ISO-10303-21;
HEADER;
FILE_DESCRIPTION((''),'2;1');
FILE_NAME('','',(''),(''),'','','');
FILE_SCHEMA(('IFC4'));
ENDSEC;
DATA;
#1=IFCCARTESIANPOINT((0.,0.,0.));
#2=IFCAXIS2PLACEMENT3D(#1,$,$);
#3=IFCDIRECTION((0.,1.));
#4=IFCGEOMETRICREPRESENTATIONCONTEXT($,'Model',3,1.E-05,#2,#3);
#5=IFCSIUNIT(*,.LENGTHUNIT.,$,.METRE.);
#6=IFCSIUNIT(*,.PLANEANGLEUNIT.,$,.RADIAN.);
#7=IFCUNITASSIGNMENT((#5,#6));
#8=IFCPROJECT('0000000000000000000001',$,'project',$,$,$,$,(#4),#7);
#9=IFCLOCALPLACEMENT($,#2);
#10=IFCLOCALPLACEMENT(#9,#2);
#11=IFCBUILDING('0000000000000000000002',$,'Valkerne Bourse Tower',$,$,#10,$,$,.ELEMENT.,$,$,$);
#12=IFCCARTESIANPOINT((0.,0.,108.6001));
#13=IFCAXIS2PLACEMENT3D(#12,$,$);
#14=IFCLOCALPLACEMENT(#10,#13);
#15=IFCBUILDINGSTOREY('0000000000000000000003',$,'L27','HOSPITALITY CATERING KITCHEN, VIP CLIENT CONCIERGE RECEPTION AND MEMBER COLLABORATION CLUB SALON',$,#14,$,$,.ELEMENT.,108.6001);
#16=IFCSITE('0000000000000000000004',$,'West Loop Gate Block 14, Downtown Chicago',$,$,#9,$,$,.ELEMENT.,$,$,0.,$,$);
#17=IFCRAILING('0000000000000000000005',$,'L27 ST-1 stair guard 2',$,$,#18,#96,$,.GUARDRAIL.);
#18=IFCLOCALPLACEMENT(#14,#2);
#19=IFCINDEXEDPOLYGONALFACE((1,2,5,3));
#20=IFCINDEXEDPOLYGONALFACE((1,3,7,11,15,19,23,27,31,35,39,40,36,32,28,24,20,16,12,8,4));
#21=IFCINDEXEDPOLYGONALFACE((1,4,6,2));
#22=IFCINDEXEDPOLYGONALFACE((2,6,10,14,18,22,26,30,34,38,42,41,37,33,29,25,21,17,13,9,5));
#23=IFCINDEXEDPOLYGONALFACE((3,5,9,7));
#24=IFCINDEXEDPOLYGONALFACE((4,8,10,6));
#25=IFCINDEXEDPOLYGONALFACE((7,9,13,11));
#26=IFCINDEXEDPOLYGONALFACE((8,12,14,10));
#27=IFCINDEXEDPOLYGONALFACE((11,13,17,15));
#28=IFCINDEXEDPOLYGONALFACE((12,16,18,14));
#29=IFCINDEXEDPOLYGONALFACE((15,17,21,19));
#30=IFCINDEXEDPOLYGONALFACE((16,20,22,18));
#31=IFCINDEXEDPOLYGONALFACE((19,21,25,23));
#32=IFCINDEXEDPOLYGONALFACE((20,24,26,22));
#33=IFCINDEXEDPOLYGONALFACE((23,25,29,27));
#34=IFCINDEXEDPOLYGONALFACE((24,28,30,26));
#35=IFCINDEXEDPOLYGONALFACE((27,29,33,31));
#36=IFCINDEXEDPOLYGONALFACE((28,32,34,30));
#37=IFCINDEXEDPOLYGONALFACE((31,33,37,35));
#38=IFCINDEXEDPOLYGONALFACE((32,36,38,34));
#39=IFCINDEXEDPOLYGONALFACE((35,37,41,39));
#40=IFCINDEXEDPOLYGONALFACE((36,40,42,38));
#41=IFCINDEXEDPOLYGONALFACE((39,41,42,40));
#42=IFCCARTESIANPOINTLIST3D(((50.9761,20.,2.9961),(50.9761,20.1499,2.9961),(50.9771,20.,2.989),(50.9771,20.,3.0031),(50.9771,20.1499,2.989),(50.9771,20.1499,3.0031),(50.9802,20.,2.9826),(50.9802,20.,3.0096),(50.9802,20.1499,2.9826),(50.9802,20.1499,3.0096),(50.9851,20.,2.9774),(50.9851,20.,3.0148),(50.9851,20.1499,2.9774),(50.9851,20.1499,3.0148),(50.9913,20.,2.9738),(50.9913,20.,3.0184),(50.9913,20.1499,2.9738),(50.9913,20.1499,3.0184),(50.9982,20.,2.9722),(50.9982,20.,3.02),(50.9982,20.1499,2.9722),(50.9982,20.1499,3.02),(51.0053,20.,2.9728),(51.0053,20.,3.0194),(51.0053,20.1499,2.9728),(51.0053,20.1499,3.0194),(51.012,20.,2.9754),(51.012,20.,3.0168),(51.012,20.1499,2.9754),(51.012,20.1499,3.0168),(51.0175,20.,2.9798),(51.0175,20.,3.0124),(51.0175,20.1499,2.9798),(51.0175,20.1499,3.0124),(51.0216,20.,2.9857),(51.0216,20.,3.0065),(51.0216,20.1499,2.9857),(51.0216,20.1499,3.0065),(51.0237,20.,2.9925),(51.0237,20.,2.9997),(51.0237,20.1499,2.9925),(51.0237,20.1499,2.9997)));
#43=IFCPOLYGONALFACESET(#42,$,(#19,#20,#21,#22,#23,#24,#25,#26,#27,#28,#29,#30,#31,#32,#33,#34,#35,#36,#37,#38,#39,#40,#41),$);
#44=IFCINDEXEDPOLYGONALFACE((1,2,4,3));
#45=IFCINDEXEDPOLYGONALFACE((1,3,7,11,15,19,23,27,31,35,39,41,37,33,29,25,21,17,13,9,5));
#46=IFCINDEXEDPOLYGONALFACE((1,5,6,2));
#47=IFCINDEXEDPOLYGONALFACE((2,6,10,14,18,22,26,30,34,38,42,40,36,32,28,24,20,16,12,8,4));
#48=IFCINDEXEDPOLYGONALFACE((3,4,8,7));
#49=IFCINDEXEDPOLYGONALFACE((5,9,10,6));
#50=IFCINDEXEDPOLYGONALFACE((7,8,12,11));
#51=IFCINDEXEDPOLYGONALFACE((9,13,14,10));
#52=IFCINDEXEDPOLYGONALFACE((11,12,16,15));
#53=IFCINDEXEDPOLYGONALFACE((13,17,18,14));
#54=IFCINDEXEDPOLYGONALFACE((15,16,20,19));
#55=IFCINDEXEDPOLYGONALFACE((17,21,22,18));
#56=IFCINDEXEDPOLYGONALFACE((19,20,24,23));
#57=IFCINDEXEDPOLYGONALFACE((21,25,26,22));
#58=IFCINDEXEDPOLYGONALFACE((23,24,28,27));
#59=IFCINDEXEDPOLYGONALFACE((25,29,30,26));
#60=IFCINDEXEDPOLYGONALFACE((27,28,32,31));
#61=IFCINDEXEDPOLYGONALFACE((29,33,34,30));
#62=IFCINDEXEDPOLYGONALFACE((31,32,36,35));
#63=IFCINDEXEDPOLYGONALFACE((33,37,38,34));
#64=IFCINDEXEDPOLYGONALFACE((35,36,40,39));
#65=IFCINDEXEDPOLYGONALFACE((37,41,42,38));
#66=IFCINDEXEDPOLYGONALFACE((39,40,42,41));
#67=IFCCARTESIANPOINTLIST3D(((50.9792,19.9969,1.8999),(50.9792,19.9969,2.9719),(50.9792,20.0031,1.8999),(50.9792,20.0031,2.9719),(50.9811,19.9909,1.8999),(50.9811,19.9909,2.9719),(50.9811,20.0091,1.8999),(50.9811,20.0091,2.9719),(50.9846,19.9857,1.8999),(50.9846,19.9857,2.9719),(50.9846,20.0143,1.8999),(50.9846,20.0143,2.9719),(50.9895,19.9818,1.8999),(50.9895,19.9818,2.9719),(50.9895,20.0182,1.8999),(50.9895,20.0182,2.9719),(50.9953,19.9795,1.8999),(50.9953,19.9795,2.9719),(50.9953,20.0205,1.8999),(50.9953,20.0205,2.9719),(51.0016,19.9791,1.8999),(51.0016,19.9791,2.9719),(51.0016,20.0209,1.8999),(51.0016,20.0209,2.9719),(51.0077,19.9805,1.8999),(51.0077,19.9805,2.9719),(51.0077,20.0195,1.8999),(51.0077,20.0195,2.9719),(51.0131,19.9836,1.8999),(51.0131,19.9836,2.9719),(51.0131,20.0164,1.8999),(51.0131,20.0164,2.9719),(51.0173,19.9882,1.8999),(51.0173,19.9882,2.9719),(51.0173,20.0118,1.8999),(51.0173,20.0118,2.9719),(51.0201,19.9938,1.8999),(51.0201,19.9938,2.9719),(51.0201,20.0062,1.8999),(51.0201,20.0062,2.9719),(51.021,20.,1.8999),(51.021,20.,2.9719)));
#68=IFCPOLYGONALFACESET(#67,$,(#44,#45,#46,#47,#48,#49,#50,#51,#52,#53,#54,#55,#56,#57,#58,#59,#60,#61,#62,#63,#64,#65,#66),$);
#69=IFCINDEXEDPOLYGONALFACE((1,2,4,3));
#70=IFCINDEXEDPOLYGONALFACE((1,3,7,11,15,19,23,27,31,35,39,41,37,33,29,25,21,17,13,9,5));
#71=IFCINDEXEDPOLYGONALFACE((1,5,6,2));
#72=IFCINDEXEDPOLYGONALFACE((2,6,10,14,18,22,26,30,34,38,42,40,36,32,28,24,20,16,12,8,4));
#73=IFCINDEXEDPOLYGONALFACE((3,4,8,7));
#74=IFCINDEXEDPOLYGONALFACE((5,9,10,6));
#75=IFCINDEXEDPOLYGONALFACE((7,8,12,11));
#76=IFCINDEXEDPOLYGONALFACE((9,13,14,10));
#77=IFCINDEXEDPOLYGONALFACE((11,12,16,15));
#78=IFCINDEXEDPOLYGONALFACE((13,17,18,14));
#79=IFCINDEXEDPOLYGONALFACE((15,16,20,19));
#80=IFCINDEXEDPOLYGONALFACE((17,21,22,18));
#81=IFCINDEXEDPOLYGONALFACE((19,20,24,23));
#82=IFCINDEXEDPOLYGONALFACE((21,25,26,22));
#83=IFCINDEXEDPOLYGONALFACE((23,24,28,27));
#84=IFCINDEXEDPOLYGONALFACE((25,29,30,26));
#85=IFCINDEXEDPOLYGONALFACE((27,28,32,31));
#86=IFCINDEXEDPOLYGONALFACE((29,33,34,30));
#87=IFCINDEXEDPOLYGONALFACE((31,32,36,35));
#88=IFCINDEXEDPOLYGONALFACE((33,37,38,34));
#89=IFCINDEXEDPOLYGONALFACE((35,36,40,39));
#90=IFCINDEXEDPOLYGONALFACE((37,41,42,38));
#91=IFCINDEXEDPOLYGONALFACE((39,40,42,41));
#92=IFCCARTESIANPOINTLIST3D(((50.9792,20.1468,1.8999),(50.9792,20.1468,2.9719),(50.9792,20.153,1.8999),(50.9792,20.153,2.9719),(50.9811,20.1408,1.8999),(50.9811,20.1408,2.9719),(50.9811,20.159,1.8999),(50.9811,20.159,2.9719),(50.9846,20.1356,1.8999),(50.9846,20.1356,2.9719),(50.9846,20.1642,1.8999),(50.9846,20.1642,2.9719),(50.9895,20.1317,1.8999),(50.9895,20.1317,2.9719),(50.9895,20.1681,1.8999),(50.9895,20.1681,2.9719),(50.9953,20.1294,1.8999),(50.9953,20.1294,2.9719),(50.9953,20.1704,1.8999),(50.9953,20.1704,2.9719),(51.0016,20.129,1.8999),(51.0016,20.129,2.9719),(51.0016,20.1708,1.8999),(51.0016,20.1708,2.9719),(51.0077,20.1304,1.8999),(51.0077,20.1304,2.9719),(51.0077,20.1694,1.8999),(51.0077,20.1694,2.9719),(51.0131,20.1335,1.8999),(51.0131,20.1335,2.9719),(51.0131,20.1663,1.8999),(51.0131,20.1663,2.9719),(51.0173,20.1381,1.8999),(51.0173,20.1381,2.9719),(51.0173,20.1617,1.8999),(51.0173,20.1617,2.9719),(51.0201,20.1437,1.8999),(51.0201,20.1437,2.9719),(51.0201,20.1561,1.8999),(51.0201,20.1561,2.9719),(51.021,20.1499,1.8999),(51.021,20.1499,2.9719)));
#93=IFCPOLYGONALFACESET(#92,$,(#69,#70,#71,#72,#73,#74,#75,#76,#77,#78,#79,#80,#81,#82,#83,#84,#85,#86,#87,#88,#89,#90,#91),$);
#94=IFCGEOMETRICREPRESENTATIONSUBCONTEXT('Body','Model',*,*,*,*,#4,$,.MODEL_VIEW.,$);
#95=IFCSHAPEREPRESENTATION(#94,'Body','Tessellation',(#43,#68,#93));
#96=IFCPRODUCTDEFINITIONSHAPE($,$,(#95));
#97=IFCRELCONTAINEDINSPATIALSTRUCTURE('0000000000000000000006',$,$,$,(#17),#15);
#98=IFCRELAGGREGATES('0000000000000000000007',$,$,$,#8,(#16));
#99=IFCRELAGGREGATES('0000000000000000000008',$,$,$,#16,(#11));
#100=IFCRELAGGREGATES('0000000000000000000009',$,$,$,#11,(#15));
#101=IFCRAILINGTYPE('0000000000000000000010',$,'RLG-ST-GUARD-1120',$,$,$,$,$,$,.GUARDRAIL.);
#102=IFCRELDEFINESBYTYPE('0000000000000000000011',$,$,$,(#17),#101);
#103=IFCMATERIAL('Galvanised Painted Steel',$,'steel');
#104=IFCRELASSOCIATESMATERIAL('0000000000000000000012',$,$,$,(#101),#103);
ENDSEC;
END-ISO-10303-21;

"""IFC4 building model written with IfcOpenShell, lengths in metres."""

from ifc_helpers import new_model, si_unit, direction, frame, origin, origin_2d, place, context, subcontext, project, spatial, circle, extrude, material, type_object, element, save


model = new_model("IFC4")

# Units and contexts
model_context = context("Model", 3, precision=1e-05, world=origin(), true_north=direction((0.0, 1.0)))
body_context = subcontext(model_context, "Body", "Model", "MODEL_VIEW")
ifc_project = project(units=[si_unit("LENGTHUNIT", "METRE"), si_unit("PLANEANGLEUNIT", "RADIAN")], contexts=[model_context])

# Site, building, storey
site_placement = place(None, origin())
site = spatial("IfcSite", under=ifc_project, at=site_placement, Name="West Loop Gate Block 14, Downtown Chicago", CompositionType="ELEMENT", RefElevation=0.0)
building_placement = place(site_placement, origin())
building = spatial("IfcBuilding", under=site, at=building_placement, Name="Valkerne Bourse Tower", CompositionType="ELEMENT")
storey_placement = place(building_placement, frame((0.0, 0.0, 108.6001)))
storey = spatial("IfcBuildingStorey", under=building, at=storey_placement, Name="L27", Description="HOSPITALITY CATERING KITCHEN, VIP CLIENT CONCIERGE RECEPTION AND MEMBER COLLABORATION CLUB SALON", CompositionType="ELEMENT", Elevation=108.6001)

# Shared definitions
ifc_material_1 = material(Name="Galvanised Painted Steel", Category="steel")

# Railing
railing_type_1 = type_object("IfcRailingType", Name="RLG-ST-GUARD-1120", PredefinedType="GUARDRAIL", material=ifc_material_1)
railing_1_placement = place(storey_placement, frame((51.0, 20.0, 1.8999)))
element("IfcRailing", 1, at=railing_1_placement, inside=storey, type_object=railing_type_1, Name="L27 ST-1 stair guard 2", PredefinedType="GUARDRAIL", context=body_context, shape_type="SweptSolid", body=[
    extrude(circle(Radius=0.0239, at=origin_2d()), frame((0.0, 0.0, 1.0962), z_axis=(0.0, 1.0, 0.0), x_axis=(-1.0, 0.0, 0.0)), (0.0, 0.0, 1.0), 0.1499),
    extrude(circle(Radius=0.021, at=origin_2d()), origin(), (0.0, 0.0, 1.0), 1.072),
    extrude(circle(Radius=0.021, at=origin_2d()), frame((0.0, 0.1499, 0.0)), (0.0, 0.0, 1.0), 1.072),
])

save(model, "model.ifc")
